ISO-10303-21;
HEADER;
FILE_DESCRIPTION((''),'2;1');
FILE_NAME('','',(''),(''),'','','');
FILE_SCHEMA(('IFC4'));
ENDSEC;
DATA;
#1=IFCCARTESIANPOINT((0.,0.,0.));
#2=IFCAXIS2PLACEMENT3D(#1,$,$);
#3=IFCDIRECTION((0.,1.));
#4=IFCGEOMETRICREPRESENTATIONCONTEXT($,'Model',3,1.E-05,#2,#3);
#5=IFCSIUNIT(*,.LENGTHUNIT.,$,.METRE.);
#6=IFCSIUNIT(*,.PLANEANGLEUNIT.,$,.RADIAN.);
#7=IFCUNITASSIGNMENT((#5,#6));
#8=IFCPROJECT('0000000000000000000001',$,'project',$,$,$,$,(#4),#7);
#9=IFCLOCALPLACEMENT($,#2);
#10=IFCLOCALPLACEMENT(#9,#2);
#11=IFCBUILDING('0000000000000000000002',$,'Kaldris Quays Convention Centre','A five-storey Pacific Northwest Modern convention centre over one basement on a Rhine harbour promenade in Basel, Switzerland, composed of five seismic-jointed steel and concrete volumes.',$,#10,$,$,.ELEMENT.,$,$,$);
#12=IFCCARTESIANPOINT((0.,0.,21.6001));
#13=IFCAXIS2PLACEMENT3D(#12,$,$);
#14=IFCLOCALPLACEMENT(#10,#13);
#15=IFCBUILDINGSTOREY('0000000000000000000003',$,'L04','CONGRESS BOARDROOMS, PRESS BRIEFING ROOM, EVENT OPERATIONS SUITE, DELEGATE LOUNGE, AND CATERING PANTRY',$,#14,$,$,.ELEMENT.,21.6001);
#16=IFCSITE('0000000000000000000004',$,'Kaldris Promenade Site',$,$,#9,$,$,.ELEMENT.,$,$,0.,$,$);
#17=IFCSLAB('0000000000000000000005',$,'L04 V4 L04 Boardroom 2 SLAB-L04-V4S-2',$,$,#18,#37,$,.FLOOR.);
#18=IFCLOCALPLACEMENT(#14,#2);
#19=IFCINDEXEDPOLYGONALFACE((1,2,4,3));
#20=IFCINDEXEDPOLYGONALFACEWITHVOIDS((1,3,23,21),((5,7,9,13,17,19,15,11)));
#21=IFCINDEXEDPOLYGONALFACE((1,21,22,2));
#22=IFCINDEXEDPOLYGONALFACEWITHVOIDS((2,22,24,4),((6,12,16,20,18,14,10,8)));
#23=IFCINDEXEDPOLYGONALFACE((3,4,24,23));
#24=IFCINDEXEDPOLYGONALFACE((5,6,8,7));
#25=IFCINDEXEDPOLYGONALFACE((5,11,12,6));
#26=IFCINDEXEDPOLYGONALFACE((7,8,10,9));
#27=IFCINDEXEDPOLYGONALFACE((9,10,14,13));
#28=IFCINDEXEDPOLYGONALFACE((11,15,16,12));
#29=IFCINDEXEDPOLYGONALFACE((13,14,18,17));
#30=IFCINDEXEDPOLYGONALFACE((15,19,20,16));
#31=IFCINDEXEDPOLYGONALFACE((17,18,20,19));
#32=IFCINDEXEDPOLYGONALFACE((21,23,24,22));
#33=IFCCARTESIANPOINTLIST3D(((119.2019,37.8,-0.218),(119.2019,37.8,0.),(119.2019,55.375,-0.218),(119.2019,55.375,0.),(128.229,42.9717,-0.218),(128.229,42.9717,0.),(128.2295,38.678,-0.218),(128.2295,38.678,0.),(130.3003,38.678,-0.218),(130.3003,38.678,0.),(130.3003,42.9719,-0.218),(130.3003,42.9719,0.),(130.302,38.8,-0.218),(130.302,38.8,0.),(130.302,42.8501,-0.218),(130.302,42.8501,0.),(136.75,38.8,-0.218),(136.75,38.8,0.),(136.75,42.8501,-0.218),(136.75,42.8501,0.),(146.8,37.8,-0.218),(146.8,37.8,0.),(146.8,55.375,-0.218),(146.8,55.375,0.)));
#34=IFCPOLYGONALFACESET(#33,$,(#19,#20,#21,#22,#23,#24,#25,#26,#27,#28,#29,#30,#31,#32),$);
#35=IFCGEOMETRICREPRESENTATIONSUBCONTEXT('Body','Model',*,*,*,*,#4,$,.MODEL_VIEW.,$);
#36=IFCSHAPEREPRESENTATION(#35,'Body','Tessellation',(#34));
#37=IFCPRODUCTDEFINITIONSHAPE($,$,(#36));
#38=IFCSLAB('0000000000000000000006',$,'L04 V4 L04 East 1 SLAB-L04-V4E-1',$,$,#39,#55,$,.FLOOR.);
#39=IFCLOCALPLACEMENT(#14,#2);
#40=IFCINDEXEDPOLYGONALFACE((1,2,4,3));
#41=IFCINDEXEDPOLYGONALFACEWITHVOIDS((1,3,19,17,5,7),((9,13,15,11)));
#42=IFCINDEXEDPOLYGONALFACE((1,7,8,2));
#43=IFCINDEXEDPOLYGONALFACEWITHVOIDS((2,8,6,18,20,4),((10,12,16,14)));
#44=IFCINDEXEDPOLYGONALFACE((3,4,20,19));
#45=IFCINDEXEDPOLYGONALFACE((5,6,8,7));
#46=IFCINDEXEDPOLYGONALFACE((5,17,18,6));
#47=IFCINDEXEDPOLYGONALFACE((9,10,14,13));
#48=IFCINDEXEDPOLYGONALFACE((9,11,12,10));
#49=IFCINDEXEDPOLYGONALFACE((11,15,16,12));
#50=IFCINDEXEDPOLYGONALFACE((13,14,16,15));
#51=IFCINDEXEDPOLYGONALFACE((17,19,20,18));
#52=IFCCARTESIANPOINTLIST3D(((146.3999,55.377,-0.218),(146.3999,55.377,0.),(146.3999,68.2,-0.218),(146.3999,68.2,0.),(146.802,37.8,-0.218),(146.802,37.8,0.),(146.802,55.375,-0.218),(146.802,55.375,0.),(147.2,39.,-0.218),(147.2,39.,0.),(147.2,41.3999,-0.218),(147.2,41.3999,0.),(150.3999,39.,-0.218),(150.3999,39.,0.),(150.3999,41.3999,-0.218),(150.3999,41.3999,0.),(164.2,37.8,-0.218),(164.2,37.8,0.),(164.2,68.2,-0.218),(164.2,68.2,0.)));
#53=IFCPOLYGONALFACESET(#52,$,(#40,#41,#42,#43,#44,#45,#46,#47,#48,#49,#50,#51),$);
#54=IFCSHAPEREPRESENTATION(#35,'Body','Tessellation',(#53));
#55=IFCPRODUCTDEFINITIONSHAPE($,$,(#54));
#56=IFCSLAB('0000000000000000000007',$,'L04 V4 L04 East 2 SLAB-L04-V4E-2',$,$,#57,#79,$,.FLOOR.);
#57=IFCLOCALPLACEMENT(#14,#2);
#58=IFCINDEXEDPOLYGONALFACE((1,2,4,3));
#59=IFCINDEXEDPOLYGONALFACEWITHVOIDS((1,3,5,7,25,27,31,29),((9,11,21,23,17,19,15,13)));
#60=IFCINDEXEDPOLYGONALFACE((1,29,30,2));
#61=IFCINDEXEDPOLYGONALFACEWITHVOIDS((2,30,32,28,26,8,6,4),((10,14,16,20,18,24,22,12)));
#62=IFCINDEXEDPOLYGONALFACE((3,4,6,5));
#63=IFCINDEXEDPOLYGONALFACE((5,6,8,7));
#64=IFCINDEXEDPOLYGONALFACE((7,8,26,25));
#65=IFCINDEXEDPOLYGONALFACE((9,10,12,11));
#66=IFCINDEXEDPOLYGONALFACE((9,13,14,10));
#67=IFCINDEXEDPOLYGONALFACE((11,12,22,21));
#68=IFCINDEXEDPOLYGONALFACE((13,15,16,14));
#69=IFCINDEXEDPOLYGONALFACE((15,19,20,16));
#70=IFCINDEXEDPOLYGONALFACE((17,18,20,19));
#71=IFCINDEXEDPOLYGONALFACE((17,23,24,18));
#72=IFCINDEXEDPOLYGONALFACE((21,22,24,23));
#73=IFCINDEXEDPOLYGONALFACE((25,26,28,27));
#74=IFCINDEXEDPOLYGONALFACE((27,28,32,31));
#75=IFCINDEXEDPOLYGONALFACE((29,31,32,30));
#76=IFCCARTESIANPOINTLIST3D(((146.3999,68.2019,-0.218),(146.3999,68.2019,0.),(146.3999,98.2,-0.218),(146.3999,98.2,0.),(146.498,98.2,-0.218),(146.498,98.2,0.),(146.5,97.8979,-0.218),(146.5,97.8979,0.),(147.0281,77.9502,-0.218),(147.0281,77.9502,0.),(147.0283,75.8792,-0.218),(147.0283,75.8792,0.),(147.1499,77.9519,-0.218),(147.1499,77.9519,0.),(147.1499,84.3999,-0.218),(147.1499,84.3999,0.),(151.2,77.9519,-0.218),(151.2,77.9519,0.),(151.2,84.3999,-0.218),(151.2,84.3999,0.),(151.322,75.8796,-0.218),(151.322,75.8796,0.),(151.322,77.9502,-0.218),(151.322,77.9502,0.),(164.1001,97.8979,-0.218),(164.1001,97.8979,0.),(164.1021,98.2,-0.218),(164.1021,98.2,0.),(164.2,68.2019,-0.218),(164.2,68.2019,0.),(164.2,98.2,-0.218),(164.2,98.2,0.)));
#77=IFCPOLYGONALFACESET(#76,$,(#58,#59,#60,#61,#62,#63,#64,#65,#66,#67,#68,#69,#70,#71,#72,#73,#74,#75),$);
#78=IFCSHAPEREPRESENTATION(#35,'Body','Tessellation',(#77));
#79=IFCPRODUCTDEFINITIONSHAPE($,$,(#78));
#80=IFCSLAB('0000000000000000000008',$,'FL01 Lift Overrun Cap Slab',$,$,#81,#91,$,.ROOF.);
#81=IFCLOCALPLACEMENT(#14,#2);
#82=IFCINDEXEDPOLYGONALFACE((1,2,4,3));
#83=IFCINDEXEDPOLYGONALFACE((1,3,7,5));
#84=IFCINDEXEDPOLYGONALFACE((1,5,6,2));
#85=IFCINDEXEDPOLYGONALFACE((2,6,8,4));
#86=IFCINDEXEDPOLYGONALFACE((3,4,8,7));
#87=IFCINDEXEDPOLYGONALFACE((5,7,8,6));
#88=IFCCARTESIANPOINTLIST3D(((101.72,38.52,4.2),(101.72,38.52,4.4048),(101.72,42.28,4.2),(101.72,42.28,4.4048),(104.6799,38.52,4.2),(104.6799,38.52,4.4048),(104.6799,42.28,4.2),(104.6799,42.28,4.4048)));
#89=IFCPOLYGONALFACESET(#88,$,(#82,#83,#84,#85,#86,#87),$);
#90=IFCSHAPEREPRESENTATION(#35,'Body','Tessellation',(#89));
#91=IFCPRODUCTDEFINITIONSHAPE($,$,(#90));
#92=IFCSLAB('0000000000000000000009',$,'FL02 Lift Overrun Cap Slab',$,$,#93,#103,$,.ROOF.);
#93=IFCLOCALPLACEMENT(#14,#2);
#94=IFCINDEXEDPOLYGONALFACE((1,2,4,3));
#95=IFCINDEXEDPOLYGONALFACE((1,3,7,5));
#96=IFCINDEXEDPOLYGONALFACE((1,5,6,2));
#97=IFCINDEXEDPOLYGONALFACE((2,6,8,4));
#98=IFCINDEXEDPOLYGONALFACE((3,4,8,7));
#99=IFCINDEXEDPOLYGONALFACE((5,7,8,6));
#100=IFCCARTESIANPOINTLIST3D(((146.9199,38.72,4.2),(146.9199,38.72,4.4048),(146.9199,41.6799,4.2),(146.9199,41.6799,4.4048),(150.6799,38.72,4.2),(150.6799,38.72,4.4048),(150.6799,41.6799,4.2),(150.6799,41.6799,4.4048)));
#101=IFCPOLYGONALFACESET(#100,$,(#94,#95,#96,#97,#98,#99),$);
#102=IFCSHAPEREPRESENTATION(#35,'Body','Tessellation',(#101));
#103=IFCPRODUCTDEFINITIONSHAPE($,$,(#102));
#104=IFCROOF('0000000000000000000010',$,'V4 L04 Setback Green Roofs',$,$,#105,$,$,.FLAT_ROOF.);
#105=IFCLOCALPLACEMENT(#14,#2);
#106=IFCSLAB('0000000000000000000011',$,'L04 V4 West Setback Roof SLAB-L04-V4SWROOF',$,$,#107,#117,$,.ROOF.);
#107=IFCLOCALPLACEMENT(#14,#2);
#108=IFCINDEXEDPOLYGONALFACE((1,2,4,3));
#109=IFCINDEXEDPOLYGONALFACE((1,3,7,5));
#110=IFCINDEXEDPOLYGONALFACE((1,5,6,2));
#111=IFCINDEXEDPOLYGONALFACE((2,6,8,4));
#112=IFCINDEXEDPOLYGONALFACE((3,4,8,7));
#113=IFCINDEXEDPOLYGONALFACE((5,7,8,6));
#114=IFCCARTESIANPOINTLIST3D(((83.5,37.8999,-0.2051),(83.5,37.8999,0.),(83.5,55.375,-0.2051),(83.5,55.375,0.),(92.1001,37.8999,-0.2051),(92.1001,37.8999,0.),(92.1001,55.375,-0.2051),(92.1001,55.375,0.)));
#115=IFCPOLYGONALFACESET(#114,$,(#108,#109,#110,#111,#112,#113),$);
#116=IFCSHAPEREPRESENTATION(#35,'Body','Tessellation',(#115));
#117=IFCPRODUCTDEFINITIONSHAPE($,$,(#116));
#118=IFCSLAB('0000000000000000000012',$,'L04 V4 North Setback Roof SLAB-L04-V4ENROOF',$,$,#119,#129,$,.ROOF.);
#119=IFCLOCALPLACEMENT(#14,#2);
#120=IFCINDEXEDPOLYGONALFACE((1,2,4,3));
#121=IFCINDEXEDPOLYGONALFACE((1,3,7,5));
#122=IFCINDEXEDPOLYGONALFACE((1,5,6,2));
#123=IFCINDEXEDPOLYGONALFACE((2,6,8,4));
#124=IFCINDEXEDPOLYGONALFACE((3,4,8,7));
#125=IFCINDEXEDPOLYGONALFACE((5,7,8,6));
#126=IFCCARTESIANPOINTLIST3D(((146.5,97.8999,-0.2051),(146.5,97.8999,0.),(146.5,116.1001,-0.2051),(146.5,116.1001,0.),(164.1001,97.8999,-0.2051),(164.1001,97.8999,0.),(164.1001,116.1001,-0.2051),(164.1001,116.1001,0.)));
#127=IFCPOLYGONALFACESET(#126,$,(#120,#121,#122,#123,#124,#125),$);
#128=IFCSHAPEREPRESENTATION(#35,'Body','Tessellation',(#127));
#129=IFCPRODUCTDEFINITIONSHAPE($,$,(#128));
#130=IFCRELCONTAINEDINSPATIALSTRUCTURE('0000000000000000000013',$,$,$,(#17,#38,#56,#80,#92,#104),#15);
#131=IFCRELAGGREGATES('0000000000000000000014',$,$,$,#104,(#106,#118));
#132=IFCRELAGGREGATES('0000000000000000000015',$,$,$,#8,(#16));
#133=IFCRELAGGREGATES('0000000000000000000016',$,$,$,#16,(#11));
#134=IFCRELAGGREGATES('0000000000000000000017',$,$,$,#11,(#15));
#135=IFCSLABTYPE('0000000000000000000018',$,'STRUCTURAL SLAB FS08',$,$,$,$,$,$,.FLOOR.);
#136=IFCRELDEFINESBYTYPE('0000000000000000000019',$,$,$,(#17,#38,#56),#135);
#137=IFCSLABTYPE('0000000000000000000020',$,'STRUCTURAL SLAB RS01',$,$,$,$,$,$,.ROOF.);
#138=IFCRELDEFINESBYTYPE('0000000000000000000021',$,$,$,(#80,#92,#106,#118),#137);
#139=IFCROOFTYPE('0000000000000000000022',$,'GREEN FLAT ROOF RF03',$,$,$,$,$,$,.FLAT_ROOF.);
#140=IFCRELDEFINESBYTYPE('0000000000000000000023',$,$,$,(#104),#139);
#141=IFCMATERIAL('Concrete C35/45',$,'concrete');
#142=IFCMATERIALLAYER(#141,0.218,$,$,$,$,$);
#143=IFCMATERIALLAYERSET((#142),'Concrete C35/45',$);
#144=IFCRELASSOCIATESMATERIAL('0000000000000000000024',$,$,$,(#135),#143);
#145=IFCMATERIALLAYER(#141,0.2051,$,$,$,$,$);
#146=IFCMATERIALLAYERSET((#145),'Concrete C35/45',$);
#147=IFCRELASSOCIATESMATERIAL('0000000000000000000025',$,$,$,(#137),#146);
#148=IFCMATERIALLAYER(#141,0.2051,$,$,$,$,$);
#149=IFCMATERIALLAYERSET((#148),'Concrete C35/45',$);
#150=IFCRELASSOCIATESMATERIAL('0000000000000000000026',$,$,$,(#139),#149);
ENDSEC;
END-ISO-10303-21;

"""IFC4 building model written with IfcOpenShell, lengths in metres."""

from ifc_helpers import new_model, si_unit, direction, frame, origin, place, context, subcontext, project, spatial, polyline, outline, extrude, material, layer, layer_set, type_object, element, aggregate, save


model = new_model("IFC4")

# Units and contexts
model_context = context("Model", 3, precision=1e-05, world=origin(), true_north=direction((0.0, 1.0)))
body_context = subcontext(model_context, "Body", "Model", "MODEL_VIEW")
ifc_project = project(units=[si_unit("LENGTHUNIT", "METRE"), si_unit("PLANEANGLEUNIT", "RADIAN")], contexts=[model_context])

# Site, building, storey
site_placement = place(None, origin())
site = spatial("IfcSite", under=ifc_project, at=site_placement, Name="Kaldris Promenade Site", CompositionType="ELEMENT", RefElevation=0.0)
building_placement = place(site_placement, origin())
building = spatial("IfcBuilding", under=site, at=building_placement, Name="Kaldris Quays Convention Centre", Description="A five-storey Pacific Northwest Modern convention centre over one basement on a Rhine harbour promenade in Basel, Switzerland, composed of five seismic-jointed steel and concrete volumes.", CompositionType="ELEMENT")
storey_placement = place(building_placement, frame((0.0, 0.0, 21.6001)))
storey = spatial("IfcBuildingStorey", under=building, at=storey_placement, Name="L04", Description="CONGRESS BOARDROOMS, PRESS BRIEFING ROOM, EVENT OPERATIONS SUITE, DELEGATE LOUNGE, AND CATERING PANTRY", CompositionType="ELEMENT", Elevation=21.6001)

# Slabs
ifc_material_1 = material(Name="Concrete C35/45", Category="concrete")
ifc_layer_1 = layer(ifc_material_1, 0.218)
ifc_layer_set_1 = layer_set([ifc_layer_1], Name="Concrete C35/45")
slab_type_1 = type_object("IfcSlabType", Name="STRUCTURAL SLAB FS08", PredefinedType="FLOOR", material=ifc_layer_set_1)
slab_1_placement = place(storey_placement, frame((0.0, 0.0, -0.218)))
element("IfcSlab", 1, at=slab_1_placement, inside=storey, type_object=slab_type_1, Name="L04 V4 L04 Boardroom 2 SLAB-L04-V4S-2", PredefinedType="FLOOR", context=body_context, shape_type="SweptSolid", body=[
    extrude(outline(polyline([(146.8, 55.375), (146.8, 37.8), (119.2019, 37.8), (119.2019, 55.375), (146.8, 55.375)]), holes=[polyline([(128.2295, 38.678), (130.3003, 38.678), (130.302, 38.8), (136.75, 38.8), (136.75, 42.8501), (130.302, 42.8501), (130.3003, 42.9719), (128.229, 42.9717), (128.2295, 38.678)])]), origin(), (0.0, 0.0, 1.0), 0.218),
])
slab_2_placement = place(storey_placement, frame((0.0, 0.0, -0.218)))
element("IfcSlab", 2, at=slab_2_placement, inside=storey, type_object=slab_type_1, Name="L04 V4 L04 East 1 SLAB-L04-V4E-1", PredefinedType="FLOOR", context=body_context, shape_type="SweptSolid", body=[
    extrude(outline(polyline([(146.3999, 68.2), (164.2, 68.2), (164.2, 37.8), (146.802, 37.8), (146.802, 55.375), (146.3999, 55.377), (146.3999, 68.2)]), holes=[polyline([(147.2, 41.3999), (147.2, 39.0), (150.3999, 39.0), (150.3999, 41.3999), (147.2, 41.3999)])]), origin(), (0.0, 0.0, 1.0), 0.218),
])
slab_3_placement = place(storey_placement, frame((0.0, 0.0, -0.218)))
element("IfcSlab", 3, at=slab_3_placement, inside=storey, type_object=slab_type_1, Name="L04 V4 L04 East 2 SLAB-L04-V4E-2", PredefinedType="FLOOR", context=body_context, shape_type="SweptSolid", body=[
    extrude(outline(polyline([(164.2, 98.2), (164.2, 68.2019), (146.3999, 68.2019), (146.3999, 98.2), (146.498, 98.2), (146.5, 97.8979), (164.1001, 97.8979), (164.1021, 98.2), (164.2, 98.2)]), holes=[polyline([(151.322, 75.8796), (151.322, 77.9502), (151.2, 77.9519), (151.2, 84.3999), (147.1499, 84.3999), (147.1499, 77.9519), (147.0281, 77.9502), (147.0283, 75.8792), (151.322, 75.8796)])]), origin(), (0.0, 0.0, 1.0), 0.218),
])
ifc_layer_2 = layer(ifc_material_1, 0.2051)
ifc_layer_set_2 = layer_set([ifc_layer_2], Name="Concrete C35/45")
slab_type_2 = type_object("IfcSlabType", Name="STRUCTURAL SLAB RS01", PredefinedType="ROOF", material=ifc_layer_set_2)
slab_4_placement = place(storey_placement, frame((0.0, 0.0, 4.2)))
element("IfcSlab", 4, at=slab_4_placement, inside=storey, type_object=slab_type_2, Name="FL01 Lift Overrun Cap Slab", PredefinedType="ROOF", context=body_context, shape_type="SweptSolid", body=[
    extrude(outline(polyline([(101.72, 38.52), (104.6799, 38.52), (104.6799, 42.28), (101.72, 42.28), (101.72, 38.52)])), origin(), (0.0, 0.0, 1.0), 0.2048),
])
slab_5_placement = place(storey_placement, frame((0.0, 0.0, 4.2)))
element("IfcSlab", 5, at=slab_5_placement, inside=storey, type_object=slab_type_2, Name="FL02 Lift Overrun Cap Slab", PredefinedType="ROOF", context=body_context, shape_type="SweptSolid", body=[
    extrude(outline(polyline([(146.9199, 38.72), (150.6799, 38.72), (150.6799, 41.6799), (146.9199, 41.6799), (146.9199, 38.72)])), origin(), (0.0, 0.0, 1.0), 0.2048),
])

# Roof, slabs
ifc_layer_3 = layer(ifc_material_1, 0.2051)
ifc_layer_set_3 = layer_set([ifc_layer_3], Name="Concrete C35/45")
roof_type = type_object("IfcRoofType", Name="GREEN FLAT ROOF RF03", PredefinedType="FLAT_ROOF", material=ifc_layer_set_3)
roof_placement = place(storey_placement, origin())
roof = element("IfcRoof", 6, at=roof_placement, inside=storey, type_object=roof_type, Name="V4 L04 Setback Green Roofs", PredefinedType="FLAT_ROOF")
slab_6_placement = place(storey_placement, frame((0.0, 0.0, -0.2051)))
slab_6 = element("IfcSlab", 7, at=slab_6_placement, type_object=slab_type_2, Name="L04 V4 West Setback Roof SLAB-L04-V4SWROOF", PredefinedType="ROOF", context=body_context, shape_type="SweptSolid", body=[
    extrude(outline(polyline([(83.5, 37.8999), (83.5, 55.375), (92.1001, 55.375), (92.1001, 37.8999), (83.5, 37.8999)])), origin(), (0.0, 0.0, 1.0), 0.2051),
])
slab_7_placement = place(storey_placement, frame((0.0, 0.0, -0.2051)))
slab_7 = element("IfcSlab", 8, at=slab_7_placement, type_object=slab_type_2, Name="L04 V4 North Setback Roof SLAB-L04-V4ENROOF", PredefinedType="ROOF", context=body_context, shape_type="SweptSolid", body=[
    extrude(outline(polyline([(146.5, 97.8999), (146.5, 116.1001), (164.1001, 116.1001), (164.1001, 97.8999), (146.5, 97.8999)])), origin(), (0.0, 0.0, 1.0), 0.2051),
])
aggregate(roof, [slab_6, slab_7])

save(model, "model.ifc")
